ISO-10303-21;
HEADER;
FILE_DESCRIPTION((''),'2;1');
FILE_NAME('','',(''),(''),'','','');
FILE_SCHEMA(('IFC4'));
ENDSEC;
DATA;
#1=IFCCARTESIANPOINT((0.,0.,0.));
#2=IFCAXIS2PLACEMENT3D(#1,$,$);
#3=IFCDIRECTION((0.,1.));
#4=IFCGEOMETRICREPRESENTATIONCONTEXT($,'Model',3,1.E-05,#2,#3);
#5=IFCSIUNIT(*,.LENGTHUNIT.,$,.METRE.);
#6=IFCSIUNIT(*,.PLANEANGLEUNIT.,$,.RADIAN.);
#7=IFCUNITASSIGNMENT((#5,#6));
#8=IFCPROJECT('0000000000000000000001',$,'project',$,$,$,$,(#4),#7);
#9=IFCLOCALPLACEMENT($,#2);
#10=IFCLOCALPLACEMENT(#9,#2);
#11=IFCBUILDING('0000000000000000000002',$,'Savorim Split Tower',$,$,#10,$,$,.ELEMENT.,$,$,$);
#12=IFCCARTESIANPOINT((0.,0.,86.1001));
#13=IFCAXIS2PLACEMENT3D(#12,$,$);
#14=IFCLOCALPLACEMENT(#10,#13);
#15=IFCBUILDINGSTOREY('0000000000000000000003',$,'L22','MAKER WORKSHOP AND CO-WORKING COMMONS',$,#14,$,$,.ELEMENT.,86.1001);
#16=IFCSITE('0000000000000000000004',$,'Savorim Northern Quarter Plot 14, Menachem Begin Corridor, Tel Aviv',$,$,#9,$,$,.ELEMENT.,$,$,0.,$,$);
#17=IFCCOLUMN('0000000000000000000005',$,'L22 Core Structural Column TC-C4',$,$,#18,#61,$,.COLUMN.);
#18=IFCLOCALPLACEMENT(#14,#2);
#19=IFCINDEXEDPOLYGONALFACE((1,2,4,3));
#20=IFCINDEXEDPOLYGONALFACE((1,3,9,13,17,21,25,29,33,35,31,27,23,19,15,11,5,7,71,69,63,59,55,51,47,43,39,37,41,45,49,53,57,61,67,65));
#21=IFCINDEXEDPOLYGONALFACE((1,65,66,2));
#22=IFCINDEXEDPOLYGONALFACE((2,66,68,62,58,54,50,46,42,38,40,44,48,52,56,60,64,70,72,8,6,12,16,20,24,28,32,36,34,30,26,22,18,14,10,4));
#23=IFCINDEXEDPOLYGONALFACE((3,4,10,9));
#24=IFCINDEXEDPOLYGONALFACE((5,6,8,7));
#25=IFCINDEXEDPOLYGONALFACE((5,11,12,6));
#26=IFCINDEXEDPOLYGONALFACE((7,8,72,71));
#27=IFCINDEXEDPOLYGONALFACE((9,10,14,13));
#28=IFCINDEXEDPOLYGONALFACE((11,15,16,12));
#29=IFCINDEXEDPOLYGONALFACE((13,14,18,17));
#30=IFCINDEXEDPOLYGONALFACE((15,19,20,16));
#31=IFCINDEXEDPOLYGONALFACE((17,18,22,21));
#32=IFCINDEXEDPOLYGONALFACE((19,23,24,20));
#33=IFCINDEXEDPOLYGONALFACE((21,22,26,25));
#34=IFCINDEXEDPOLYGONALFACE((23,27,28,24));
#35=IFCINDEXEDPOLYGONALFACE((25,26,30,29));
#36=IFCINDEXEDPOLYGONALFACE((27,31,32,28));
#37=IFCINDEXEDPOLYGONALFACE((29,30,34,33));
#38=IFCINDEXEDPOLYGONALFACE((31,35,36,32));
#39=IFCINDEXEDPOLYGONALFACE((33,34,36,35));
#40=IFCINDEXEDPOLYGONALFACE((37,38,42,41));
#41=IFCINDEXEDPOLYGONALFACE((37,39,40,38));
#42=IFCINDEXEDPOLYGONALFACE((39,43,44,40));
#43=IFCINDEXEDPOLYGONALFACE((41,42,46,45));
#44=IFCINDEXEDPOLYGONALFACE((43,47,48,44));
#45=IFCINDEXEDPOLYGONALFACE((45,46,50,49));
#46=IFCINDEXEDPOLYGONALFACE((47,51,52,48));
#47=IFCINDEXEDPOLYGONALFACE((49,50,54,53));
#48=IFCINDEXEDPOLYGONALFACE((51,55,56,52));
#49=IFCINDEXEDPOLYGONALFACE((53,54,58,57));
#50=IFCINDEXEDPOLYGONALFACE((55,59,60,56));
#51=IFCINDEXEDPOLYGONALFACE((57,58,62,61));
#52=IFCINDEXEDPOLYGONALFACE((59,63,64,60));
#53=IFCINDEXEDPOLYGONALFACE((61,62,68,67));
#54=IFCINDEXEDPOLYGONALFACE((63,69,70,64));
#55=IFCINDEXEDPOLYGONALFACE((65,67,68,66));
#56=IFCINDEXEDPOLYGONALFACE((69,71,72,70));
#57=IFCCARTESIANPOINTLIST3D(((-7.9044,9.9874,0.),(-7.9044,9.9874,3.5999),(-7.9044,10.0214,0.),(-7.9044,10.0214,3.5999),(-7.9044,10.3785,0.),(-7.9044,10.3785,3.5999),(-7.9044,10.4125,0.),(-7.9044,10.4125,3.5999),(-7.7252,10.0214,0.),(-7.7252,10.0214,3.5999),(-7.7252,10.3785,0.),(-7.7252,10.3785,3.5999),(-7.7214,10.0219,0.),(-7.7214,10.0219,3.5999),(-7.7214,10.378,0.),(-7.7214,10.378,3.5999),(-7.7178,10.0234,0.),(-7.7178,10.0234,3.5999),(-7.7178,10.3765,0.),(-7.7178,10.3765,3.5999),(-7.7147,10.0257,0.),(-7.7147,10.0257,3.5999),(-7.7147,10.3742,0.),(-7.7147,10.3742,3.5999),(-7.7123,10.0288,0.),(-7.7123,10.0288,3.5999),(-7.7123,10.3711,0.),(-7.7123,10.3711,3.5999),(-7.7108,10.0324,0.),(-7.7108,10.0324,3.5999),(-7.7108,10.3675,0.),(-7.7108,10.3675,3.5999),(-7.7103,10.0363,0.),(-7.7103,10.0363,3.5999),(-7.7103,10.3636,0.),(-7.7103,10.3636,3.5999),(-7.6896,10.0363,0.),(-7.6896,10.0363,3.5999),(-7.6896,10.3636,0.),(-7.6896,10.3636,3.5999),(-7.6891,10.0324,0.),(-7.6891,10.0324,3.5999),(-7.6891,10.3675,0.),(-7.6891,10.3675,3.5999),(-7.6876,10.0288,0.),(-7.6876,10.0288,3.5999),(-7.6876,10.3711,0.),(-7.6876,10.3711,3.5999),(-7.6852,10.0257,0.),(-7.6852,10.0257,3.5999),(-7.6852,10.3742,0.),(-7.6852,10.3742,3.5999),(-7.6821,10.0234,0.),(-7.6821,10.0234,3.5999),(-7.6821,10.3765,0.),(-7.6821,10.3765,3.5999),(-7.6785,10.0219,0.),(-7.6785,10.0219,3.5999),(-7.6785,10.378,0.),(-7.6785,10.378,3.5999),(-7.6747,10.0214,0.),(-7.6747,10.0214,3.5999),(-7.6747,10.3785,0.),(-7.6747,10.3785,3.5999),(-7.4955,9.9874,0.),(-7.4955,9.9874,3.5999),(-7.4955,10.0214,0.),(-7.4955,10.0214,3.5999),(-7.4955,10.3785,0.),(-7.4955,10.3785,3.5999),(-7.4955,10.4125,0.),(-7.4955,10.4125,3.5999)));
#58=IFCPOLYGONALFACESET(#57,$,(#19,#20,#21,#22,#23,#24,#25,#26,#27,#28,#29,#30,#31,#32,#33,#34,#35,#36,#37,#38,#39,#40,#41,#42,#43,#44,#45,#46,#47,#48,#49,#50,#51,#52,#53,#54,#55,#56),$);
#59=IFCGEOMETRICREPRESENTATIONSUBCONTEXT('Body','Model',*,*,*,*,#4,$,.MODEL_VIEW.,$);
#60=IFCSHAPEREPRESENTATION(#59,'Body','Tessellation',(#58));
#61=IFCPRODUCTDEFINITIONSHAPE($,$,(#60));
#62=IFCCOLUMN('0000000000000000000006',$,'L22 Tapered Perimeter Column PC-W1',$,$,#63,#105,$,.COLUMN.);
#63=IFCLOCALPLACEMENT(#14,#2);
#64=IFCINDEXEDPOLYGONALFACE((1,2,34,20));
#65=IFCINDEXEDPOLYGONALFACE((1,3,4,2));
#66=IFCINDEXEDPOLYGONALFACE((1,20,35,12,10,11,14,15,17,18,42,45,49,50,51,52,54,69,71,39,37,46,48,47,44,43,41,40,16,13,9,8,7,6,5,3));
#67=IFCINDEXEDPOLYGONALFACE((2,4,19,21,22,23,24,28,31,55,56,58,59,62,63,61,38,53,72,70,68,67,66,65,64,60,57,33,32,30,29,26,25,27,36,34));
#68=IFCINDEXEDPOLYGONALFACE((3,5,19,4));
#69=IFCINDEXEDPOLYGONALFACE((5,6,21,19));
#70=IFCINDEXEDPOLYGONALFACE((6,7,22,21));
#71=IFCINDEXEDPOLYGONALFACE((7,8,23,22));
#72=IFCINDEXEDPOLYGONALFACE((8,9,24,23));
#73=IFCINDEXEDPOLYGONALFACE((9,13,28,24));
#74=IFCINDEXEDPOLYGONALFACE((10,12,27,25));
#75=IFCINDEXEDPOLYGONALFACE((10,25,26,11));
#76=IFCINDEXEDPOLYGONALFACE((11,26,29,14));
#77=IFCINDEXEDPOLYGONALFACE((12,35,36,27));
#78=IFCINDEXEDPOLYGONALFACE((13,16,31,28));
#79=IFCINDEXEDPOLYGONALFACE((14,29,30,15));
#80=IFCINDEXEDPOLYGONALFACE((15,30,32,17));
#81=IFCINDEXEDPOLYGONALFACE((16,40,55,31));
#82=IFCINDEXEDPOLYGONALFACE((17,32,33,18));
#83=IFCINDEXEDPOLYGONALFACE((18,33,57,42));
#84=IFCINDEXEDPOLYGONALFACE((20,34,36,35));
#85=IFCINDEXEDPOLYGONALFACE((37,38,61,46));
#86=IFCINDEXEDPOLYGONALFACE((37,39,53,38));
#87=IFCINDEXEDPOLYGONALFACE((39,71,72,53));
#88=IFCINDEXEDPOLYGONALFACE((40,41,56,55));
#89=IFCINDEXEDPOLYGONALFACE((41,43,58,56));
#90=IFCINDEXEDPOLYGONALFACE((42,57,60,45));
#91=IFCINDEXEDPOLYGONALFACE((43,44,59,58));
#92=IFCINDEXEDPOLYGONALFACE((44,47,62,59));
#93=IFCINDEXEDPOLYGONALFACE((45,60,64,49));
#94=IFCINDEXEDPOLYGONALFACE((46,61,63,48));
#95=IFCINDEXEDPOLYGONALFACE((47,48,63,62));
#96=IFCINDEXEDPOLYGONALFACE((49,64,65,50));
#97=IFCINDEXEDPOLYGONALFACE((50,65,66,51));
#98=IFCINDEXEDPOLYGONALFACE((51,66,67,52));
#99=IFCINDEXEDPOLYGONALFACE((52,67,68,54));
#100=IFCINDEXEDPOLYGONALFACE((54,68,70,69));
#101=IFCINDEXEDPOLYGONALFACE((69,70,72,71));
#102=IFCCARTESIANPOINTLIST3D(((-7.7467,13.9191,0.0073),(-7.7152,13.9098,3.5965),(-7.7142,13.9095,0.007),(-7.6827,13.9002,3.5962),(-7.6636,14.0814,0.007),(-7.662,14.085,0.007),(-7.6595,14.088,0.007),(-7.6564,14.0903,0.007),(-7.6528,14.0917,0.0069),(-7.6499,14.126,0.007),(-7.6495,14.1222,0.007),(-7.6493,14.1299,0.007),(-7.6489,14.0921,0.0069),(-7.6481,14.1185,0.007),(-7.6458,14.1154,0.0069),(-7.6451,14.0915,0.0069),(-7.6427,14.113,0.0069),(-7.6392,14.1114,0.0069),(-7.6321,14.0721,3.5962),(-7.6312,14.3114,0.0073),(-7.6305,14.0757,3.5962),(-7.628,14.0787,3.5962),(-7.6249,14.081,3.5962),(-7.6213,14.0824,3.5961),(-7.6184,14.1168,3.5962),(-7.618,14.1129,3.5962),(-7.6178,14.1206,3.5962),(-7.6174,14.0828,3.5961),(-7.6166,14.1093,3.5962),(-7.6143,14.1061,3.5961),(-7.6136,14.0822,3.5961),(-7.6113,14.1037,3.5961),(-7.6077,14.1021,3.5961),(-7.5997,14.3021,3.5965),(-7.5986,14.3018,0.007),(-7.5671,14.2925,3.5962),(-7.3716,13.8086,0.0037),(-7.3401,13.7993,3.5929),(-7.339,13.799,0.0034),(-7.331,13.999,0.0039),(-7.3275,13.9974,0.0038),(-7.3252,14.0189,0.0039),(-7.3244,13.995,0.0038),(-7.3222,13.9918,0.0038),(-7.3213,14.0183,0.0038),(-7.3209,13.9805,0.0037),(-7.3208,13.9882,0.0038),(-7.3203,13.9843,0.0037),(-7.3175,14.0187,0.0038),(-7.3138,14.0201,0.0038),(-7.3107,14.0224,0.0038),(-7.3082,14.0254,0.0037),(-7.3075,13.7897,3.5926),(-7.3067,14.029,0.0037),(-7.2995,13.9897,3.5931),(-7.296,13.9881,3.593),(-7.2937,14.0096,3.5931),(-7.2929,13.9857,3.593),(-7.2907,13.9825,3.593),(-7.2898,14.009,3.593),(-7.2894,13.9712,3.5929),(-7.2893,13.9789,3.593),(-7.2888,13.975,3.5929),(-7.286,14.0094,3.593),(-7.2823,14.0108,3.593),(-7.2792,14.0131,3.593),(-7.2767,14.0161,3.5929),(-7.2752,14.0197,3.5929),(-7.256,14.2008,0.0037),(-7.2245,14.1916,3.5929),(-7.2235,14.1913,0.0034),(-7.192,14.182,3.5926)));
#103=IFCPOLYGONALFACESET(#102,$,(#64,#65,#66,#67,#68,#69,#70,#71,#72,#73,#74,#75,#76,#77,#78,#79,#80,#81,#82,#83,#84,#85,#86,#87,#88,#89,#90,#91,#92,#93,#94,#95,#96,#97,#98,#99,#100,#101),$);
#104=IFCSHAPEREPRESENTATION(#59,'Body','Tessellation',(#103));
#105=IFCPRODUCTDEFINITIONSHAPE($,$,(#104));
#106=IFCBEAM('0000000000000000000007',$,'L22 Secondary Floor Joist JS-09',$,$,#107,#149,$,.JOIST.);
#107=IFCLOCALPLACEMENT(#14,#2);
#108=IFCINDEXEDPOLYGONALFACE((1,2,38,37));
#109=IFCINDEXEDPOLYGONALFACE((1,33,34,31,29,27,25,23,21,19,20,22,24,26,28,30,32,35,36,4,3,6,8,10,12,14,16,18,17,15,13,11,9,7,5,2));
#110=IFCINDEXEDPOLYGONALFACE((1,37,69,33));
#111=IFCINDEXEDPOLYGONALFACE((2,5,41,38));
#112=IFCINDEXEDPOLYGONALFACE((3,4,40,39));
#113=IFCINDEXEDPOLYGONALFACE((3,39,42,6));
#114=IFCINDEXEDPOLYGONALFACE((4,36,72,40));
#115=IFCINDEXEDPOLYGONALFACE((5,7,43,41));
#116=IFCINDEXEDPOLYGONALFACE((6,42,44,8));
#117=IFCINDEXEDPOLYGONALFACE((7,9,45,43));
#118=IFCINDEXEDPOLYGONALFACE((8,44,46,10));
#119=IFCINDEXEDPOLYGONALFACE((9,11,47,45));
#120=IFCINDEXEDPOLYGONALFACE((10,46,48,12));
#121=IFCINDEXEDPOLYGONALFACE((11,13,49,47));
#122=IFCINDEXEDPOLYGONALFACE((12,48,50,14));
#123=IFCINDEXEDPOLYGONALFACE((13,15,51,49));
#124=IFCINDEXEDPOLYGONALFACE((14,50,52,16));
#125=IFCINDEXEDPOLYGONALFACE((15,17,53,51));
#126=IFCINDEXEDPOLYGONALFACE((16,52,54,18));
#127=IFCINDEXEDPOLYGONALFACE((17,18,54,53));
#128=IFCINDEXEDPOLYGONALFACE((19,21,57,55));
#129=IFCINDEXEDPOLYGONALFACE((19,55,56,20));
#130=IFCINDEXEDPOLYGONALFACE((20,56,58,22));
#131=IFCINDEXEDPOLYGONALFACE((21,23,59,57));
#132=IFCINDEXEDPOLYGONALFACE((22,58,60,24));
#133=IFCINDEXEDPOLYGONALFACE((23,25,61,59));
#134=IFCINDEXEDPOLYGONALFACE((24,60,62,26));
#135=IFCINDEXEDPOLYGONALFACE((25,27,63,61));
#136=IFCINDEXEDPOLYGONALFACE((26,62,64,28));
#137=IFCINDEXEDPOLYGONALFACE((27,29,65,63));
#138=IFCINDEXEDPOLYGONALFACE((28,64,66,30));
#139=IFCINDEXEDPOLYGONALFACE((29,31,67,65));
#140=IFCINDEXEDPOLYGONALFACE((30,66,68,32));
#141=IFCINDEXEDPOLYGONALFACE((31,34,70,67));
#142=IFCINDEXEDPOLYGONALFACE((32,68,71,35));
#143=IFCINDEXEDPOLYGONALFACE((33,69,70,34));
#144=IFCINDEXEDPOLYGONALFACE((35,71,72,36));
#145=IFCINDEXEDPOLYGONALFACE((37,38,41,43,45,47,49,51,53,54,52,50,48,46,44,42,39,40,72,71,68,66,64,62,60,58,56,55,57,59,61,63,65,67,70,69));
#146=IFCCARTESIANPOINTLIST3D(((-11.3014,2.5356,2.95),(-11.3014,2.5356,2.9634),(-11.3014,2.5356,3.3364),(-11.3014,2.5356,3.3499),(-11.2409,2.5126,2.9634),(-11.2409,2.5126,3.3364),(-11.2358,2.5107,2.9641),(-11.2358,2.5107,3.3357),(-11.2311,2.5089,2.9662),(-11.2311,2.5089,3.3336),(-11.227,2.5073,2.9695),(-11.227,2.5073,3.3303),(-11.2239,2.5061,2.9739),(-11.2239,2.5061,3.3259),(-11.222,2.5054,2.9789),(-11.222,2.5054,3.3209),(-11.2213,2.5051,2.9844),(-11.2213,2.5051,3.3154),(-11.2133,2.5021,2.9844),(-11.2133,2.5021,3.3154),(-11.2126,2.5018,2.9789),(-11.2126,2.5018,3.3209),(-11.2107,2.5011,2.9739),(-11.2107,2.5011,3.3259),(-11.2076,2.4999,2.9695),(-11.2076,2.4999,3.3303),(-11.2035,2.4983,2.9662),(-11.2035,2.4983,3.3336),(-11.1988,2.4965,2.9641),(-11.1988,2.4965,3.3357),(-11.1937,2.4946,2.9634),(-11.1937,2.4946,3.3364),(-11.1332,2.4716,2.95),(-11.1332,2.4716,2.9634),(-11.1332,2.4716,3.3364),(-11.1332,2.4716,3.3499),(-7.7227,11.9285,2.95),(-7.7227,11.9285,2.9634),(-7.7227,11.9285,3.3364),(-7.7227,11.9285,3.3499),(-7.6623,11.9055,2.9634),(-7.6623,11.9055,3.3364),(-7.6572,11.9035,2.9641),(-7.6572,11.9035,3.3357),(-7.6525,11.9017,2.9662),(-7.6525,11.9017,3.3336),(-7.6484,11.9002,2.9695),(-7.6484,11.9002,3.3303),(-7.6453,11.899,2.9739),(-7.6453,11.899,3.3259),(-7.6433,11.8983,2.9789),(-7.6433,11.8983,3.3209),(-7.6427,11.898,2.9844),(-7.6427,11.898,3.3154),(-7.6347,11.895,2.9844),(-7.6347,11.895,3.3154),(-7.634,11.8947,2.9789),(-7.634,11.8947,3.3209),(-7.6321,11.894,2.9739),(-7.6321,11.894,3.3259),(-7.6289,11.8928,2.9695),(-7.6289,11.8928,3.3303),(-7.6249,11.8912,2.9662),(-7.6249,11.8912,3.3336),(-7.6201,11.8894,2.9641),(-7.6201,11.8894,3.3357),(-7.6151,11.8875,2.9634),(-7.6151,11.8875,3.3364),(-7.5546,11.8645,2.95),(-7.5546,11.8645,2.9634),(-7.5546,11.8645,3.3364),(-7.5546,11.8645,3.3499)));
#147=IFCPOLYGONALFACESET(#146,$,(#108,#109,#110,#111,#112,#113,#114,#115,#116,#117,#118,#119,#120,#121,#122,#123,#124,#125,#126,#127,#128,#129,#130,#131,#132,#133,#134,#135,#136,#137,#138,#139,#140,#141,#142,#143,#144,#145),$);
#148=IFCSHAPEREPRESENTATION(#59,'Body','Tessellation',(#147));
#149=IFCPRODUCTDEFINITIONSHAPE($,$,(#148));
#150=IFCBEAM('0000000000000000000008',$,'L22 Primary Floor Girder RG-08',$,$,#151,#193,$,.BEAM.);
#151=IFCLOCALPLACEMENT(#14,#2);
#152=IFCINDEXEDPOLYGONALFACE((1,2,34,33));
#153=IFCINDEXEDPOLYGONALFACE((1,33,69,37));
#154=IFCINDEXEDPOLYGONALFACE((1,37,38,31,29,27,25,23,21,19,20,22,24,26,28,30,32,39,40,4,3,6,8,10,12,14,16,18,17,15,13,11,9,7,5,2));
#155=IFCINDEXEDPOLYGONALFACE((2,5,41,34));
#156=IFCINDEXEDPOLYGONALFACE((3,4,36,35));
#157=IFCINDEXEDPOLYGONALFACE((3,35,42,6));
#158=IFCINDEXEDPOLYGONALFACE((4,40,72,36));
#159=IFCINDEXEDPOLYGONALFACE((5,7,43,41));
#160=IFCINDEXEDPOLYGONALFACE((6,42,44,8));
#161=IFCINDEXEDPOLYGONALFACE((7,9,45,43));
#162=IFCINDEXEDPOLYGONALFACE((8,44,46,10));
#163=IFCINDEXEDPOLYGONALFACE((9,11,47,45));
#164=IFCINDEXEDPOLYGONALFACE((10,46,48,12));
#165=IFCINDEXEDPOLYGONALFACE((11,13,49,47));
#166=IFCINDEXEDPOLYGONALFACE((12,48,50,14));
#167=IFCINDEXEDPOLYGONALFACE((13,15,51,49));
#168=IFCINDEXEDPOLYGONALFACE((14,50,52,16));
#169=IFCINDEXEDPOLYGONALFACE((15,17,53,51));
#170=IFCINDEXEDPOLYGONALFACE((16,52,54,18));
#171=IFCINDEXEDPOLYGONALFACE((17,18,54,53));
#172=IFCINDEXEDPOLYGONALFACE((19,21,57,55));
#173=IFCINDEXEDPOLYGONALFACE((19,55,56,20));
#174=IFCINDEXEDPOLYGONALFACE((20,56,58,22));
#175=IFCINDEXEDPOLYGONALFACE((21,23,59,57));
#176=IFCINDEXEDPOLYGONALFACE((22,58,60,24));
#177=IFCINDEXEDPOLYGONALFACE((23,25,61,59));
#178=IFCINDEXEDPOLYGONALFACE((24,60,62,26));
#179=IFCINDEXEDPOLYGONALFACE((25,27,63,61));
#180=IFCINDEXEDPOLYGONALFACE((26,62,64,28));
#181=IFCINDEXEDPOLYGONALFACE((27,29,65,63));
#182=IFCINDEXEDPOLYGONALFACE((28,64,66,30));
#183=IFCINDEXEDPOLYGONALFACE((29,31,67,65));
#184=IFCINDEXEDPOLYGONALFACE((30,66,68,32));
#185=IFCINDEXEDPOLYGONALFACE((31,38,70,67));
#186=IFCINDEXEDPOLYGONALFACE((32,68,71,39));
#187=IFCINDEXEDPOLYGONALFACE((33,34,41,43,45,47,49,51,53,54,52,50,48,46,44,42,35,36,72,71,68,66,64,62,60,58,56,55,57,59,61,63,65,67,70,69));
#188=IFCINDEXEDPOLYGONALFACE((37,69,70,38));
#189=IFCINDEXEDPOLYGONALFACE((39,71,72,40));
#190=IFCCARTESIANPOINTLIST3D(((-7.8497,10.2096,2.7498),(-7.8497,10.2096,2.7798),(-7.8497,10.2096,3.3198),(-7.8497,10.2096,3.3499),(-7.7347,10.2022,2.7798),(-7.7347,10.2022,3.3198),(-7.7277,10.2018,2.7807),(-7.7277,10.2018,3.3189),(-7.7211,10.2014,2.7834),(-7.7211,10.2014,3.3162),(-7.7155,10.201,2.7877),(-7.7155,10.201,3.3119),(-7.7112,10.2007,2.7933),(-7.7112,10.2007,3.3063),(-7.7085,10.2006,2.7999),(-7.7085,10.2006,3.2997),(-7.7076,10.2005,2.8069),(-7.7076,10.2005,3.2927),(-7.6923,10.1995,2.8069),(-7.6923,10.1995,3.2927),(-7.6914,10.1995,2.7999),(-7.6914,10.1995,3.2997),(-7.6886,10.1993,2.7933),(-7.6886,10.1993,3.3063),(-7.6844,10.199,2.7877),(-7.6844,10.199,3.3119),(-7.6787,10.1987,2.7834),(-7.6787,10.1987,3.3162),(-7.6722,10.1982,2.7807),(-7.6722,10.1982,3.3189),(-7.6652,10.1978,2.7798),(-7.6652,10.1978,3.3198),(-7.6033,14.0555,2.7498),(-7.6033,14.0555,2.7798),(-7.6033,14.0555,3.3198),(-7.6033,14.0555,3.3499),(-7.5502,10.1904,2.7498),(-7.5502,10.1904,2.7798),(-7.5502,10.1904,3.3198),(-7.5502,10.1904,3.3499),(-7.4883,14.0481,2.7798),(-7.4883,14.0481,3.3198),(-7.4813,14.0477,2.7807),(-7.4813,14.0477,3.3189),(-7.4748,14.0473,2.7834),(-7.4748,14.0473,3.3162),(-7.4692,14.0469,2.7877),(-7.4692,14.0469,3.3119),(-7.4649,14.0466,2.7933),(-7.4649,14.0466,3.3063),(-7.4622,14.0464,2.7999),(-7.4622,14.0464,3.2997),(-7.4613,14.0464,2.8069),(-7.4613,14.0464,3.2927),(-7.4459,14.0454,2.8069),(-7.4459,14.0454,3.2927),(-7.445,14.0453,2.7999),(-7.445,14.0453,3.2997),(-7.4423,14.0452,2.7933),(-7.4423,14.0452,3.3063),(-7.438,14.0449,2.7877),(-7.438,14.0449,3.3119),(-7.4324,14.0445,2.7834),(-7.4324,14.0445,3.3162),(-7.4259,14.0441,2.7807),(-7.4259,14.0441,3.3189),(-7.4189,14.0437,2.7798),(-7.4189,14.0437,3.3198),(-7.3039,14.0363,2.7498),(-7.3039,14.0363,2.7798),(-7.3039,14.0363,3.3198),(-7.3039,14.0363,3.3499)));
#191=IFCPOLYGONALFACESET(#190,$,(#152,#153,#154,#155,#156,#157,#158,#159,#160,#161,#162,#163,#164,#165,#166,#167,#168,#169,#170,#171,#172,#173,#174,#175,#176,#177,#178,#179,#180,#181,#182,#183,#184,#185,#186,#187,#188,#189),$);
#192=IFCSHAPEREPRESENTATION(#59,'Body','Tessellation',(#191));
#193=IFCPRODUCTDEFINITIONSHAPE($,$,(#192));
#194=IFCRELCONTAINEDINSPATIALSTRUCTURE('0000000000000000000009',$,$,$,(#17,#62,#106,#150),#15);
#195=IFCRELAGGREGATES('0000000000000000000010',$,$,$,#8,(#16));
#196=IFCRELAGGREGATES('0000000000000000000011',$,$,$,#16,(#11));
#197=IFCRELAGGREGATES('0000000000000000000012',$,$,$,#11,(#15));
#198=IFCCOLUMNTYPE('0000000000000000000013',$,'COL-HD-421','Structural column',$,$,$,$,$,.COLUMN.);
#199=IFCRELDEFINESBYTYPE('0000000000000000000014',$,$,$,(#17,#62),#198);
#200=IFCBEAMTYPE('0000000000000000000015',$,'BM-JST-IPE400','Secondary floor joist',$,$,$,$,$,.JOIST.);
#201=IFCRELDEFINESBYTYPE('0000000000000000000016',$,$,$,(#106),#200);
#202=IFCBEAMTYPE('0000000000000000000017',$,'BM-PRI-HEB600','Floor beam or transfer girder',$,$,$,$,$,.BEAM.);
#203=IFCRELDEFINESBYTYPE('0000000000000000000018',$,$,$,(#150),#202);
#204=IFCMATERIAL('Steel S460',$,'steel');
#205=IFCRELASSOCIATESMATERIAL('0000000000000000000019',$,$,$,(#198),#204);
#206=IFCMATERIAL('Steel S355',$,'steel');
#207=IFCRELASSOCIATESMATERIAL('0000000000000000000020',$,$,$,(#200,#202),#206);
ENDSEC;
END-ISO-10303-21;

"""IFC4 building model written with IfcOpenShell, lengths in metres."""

from ifc_helpers import new_model, si_unit, direction, frame, origin, origin_2d, place, context, subcontext, project, spatial, i_section, extrude, material, material_profile, profile_set, type_object, element, save


model = new_model("IFC4")

# Units and contexts
model_context = context("Model", 3, precision=1e-05, world=origin(), true_north=direction((0.0, 1.0)))
body_context = subcontext(model_context, "Body", "Model", "MODEL_VIEW")
ifc_project = project(units=[si_unit("LENGTHUNIT", "METRE"), si_unit("PLANEANGLEUNIT", "RADIAN")], contexts=[model_context])

# Site, building, storey
site_placement = place(None, origin())
site = spatial("IfcSite", under=ifc_project, at=site_placement, Name="Savorim Northern Quarter Plot 14, Menachem Begin Corridor, Tel Aviv", CompositionType="ELEMENT", RefElevation=0.0)
building_placement = place(site_placement, origin())
building = spatial("IfcBuilding", under=site, at=building_placement, Name="Savorim Split Tower", CompositionType="ELEMENT")
storey_placement = place(building_placement, frame((0.0, 0.0, 86.1001)))
storey = spatial("IfcBuildingStorey", under=building, at=storey_placement, Name="L22", Description="MAKER WORKSHOP AND CO-WORKING COMMONS", CompositionType="ELEMENT", Elevation=86.1001)

# Columns
ifc_material_1 = material(Name="Steel S460", Category="steel")
ifc_material_profile_1 = material_profile(ifc_material_1, i_section(OverallWidth=0.4089, OverallDepth=0.425, WebThickness=0.0208, FlangeThickness=0.0339, FilletRadius=0.0149, at=origin_2d()), Name="HD 400x421")
ifc_profile_set_1 = profile_set([ifc_material_profile_1], Name="Steel S460")
column_type = type_object("IfcColumnType", Name="COL-HD-421", Description="Structural column", PredefinedType="COLUMN", material=ifc_profile_set_1)
column_1_placement = place(storey_placement, frame((-7.7, 10.2, 0.0), z_axis=(0.0, 0.0, 1.0), x_axis=(1.0, 0.0, 0.0)))
element("IfcColumn", 1, at=column_1_placement, inside=storey, type_object=column_type, Name="L22 Core Structural Column TC-C4", PredefinedType="COLUMN", context=body_context, shape_type="SweptSolid", body=[
    extrude(i_section(OverallWidth=0.4089, OverallDepth=0.425, WebThickness=0.0208, FlangeThickness=0.0339, FilletRadius=0.0149, at=origin_2d()), origin(), (0.0, 0.0, 1.0), 3.5999),
])
column_2_placement = place(storey_placement, frame((-7.4851, 14.0552, 0.0054), z_axis=(0.008775, -0.002585, 0.999958), x_axis=(0.282569, 0.959247, 0.0)))
element("IfcColumn", 2, at=column_2_placement, inside=storey, type_object=column_type, Name="L22 Tapered Perimeter Column PC-W1", PredefinedType="COLUMN", context=body_context, shape_type="SweptSolid", body=[
    extrude(i_section(OverallWidth=0.4089, OverallDepth=0.425, WebThickness=0.0208, FlangeThickness=0.0339, FilletRadius=0.0149, at=origin_2d()), origin(), (0.0, 0.0, 1.0), 3.5894),
])

# Beams
ifc_material_2 = material(Name="Steel S355", Category="steel")
ifc_material_profile_2 = material_profile(ifc_material_2, i_section(OverallWidth=0.1799, OverallDepth=0.3999, WebThickness=0.0085, FlangeThickness=0.0134, FilletRadius=0.021, at=origin_2d()), Name="IPE 400")
ifc_profile_set_2 = profile_set([ifc_material_profile_2], Name="Steel S355")
beam_type_1 = type_object("IfcBeamType", Name="BM-JST-IPE400", Description="Secondary floor joist", PredefinedType="JOIST", material=ifc_profile_set_2)
beam_1_placement = place(storey_placement, frame((-7.6387, 11.8965, 3.1499), z_axis=(-0.35603, -0.934475, 0.0), x_axis=(0.934475, -0.35603, 0.0)))
element("IfcBeam", 3, at=beam_1_placement, inside=storey, type_object=beam_type_1, Name="L22 Secondary Floor Joist JS-09", PredefinedType="JOIST", context=body_context, shape_type="SweptSolid", body=[
    extrude(i_section(OverallWidth=0.1799, OverallDepth=0.3999, WebThickness=0.0085, FlangeThickness=0.0134, FilletRadius=0.021, at=origin_2d()), origin(), (0.0, 0.0, 1.0), 10.0515),
])
ifc_material_profile_3 = material_profile(ifc_material_2, i_section(OverallWidth=0.3, OverallDepth=0.6001, WebThickness=0.0154, FlangeThickness=0.03, FilletRadius=0.0271, at=origin_2d()), Name="HEB 600")
ifc_profile_set_3 = profile_set([ifc_material_profile_3], Name="Steel S355")
beam_type_2 = type_object("IfcBeamType", Name="BM-PRI-HEB600", Description="Floor beam or transfer girder", PredefinedType="BEAM", material=ifc_profile_set_3)
beam_2_placement = place(storey_placement, frame((-7.4536, 14.0459, 3.0498), z_axis=(-0.06392, -0.997955, 0.0), x_axis=(0.997955, -0.06392, 0.0)))
element("IfcBeam", 4, at=beam_2_placement, inside=storey, type_object=beam_type_2, Name="L22 Primary Floor Girder RG-08", PredefinedType="BEAM", context=body_context, shape_type="SweptSolid", body=[
    extrude(i_section(OverallWidth=0.3, OverallDepth=0.6001, WebThickness=0.0154, FlangeThickness=0.03, FilletRadius=0.0271, at=origin_2d()), origin(), (0.0, 0.0, 1.0), 3.8538),
])

save(model, "model.ifc")
